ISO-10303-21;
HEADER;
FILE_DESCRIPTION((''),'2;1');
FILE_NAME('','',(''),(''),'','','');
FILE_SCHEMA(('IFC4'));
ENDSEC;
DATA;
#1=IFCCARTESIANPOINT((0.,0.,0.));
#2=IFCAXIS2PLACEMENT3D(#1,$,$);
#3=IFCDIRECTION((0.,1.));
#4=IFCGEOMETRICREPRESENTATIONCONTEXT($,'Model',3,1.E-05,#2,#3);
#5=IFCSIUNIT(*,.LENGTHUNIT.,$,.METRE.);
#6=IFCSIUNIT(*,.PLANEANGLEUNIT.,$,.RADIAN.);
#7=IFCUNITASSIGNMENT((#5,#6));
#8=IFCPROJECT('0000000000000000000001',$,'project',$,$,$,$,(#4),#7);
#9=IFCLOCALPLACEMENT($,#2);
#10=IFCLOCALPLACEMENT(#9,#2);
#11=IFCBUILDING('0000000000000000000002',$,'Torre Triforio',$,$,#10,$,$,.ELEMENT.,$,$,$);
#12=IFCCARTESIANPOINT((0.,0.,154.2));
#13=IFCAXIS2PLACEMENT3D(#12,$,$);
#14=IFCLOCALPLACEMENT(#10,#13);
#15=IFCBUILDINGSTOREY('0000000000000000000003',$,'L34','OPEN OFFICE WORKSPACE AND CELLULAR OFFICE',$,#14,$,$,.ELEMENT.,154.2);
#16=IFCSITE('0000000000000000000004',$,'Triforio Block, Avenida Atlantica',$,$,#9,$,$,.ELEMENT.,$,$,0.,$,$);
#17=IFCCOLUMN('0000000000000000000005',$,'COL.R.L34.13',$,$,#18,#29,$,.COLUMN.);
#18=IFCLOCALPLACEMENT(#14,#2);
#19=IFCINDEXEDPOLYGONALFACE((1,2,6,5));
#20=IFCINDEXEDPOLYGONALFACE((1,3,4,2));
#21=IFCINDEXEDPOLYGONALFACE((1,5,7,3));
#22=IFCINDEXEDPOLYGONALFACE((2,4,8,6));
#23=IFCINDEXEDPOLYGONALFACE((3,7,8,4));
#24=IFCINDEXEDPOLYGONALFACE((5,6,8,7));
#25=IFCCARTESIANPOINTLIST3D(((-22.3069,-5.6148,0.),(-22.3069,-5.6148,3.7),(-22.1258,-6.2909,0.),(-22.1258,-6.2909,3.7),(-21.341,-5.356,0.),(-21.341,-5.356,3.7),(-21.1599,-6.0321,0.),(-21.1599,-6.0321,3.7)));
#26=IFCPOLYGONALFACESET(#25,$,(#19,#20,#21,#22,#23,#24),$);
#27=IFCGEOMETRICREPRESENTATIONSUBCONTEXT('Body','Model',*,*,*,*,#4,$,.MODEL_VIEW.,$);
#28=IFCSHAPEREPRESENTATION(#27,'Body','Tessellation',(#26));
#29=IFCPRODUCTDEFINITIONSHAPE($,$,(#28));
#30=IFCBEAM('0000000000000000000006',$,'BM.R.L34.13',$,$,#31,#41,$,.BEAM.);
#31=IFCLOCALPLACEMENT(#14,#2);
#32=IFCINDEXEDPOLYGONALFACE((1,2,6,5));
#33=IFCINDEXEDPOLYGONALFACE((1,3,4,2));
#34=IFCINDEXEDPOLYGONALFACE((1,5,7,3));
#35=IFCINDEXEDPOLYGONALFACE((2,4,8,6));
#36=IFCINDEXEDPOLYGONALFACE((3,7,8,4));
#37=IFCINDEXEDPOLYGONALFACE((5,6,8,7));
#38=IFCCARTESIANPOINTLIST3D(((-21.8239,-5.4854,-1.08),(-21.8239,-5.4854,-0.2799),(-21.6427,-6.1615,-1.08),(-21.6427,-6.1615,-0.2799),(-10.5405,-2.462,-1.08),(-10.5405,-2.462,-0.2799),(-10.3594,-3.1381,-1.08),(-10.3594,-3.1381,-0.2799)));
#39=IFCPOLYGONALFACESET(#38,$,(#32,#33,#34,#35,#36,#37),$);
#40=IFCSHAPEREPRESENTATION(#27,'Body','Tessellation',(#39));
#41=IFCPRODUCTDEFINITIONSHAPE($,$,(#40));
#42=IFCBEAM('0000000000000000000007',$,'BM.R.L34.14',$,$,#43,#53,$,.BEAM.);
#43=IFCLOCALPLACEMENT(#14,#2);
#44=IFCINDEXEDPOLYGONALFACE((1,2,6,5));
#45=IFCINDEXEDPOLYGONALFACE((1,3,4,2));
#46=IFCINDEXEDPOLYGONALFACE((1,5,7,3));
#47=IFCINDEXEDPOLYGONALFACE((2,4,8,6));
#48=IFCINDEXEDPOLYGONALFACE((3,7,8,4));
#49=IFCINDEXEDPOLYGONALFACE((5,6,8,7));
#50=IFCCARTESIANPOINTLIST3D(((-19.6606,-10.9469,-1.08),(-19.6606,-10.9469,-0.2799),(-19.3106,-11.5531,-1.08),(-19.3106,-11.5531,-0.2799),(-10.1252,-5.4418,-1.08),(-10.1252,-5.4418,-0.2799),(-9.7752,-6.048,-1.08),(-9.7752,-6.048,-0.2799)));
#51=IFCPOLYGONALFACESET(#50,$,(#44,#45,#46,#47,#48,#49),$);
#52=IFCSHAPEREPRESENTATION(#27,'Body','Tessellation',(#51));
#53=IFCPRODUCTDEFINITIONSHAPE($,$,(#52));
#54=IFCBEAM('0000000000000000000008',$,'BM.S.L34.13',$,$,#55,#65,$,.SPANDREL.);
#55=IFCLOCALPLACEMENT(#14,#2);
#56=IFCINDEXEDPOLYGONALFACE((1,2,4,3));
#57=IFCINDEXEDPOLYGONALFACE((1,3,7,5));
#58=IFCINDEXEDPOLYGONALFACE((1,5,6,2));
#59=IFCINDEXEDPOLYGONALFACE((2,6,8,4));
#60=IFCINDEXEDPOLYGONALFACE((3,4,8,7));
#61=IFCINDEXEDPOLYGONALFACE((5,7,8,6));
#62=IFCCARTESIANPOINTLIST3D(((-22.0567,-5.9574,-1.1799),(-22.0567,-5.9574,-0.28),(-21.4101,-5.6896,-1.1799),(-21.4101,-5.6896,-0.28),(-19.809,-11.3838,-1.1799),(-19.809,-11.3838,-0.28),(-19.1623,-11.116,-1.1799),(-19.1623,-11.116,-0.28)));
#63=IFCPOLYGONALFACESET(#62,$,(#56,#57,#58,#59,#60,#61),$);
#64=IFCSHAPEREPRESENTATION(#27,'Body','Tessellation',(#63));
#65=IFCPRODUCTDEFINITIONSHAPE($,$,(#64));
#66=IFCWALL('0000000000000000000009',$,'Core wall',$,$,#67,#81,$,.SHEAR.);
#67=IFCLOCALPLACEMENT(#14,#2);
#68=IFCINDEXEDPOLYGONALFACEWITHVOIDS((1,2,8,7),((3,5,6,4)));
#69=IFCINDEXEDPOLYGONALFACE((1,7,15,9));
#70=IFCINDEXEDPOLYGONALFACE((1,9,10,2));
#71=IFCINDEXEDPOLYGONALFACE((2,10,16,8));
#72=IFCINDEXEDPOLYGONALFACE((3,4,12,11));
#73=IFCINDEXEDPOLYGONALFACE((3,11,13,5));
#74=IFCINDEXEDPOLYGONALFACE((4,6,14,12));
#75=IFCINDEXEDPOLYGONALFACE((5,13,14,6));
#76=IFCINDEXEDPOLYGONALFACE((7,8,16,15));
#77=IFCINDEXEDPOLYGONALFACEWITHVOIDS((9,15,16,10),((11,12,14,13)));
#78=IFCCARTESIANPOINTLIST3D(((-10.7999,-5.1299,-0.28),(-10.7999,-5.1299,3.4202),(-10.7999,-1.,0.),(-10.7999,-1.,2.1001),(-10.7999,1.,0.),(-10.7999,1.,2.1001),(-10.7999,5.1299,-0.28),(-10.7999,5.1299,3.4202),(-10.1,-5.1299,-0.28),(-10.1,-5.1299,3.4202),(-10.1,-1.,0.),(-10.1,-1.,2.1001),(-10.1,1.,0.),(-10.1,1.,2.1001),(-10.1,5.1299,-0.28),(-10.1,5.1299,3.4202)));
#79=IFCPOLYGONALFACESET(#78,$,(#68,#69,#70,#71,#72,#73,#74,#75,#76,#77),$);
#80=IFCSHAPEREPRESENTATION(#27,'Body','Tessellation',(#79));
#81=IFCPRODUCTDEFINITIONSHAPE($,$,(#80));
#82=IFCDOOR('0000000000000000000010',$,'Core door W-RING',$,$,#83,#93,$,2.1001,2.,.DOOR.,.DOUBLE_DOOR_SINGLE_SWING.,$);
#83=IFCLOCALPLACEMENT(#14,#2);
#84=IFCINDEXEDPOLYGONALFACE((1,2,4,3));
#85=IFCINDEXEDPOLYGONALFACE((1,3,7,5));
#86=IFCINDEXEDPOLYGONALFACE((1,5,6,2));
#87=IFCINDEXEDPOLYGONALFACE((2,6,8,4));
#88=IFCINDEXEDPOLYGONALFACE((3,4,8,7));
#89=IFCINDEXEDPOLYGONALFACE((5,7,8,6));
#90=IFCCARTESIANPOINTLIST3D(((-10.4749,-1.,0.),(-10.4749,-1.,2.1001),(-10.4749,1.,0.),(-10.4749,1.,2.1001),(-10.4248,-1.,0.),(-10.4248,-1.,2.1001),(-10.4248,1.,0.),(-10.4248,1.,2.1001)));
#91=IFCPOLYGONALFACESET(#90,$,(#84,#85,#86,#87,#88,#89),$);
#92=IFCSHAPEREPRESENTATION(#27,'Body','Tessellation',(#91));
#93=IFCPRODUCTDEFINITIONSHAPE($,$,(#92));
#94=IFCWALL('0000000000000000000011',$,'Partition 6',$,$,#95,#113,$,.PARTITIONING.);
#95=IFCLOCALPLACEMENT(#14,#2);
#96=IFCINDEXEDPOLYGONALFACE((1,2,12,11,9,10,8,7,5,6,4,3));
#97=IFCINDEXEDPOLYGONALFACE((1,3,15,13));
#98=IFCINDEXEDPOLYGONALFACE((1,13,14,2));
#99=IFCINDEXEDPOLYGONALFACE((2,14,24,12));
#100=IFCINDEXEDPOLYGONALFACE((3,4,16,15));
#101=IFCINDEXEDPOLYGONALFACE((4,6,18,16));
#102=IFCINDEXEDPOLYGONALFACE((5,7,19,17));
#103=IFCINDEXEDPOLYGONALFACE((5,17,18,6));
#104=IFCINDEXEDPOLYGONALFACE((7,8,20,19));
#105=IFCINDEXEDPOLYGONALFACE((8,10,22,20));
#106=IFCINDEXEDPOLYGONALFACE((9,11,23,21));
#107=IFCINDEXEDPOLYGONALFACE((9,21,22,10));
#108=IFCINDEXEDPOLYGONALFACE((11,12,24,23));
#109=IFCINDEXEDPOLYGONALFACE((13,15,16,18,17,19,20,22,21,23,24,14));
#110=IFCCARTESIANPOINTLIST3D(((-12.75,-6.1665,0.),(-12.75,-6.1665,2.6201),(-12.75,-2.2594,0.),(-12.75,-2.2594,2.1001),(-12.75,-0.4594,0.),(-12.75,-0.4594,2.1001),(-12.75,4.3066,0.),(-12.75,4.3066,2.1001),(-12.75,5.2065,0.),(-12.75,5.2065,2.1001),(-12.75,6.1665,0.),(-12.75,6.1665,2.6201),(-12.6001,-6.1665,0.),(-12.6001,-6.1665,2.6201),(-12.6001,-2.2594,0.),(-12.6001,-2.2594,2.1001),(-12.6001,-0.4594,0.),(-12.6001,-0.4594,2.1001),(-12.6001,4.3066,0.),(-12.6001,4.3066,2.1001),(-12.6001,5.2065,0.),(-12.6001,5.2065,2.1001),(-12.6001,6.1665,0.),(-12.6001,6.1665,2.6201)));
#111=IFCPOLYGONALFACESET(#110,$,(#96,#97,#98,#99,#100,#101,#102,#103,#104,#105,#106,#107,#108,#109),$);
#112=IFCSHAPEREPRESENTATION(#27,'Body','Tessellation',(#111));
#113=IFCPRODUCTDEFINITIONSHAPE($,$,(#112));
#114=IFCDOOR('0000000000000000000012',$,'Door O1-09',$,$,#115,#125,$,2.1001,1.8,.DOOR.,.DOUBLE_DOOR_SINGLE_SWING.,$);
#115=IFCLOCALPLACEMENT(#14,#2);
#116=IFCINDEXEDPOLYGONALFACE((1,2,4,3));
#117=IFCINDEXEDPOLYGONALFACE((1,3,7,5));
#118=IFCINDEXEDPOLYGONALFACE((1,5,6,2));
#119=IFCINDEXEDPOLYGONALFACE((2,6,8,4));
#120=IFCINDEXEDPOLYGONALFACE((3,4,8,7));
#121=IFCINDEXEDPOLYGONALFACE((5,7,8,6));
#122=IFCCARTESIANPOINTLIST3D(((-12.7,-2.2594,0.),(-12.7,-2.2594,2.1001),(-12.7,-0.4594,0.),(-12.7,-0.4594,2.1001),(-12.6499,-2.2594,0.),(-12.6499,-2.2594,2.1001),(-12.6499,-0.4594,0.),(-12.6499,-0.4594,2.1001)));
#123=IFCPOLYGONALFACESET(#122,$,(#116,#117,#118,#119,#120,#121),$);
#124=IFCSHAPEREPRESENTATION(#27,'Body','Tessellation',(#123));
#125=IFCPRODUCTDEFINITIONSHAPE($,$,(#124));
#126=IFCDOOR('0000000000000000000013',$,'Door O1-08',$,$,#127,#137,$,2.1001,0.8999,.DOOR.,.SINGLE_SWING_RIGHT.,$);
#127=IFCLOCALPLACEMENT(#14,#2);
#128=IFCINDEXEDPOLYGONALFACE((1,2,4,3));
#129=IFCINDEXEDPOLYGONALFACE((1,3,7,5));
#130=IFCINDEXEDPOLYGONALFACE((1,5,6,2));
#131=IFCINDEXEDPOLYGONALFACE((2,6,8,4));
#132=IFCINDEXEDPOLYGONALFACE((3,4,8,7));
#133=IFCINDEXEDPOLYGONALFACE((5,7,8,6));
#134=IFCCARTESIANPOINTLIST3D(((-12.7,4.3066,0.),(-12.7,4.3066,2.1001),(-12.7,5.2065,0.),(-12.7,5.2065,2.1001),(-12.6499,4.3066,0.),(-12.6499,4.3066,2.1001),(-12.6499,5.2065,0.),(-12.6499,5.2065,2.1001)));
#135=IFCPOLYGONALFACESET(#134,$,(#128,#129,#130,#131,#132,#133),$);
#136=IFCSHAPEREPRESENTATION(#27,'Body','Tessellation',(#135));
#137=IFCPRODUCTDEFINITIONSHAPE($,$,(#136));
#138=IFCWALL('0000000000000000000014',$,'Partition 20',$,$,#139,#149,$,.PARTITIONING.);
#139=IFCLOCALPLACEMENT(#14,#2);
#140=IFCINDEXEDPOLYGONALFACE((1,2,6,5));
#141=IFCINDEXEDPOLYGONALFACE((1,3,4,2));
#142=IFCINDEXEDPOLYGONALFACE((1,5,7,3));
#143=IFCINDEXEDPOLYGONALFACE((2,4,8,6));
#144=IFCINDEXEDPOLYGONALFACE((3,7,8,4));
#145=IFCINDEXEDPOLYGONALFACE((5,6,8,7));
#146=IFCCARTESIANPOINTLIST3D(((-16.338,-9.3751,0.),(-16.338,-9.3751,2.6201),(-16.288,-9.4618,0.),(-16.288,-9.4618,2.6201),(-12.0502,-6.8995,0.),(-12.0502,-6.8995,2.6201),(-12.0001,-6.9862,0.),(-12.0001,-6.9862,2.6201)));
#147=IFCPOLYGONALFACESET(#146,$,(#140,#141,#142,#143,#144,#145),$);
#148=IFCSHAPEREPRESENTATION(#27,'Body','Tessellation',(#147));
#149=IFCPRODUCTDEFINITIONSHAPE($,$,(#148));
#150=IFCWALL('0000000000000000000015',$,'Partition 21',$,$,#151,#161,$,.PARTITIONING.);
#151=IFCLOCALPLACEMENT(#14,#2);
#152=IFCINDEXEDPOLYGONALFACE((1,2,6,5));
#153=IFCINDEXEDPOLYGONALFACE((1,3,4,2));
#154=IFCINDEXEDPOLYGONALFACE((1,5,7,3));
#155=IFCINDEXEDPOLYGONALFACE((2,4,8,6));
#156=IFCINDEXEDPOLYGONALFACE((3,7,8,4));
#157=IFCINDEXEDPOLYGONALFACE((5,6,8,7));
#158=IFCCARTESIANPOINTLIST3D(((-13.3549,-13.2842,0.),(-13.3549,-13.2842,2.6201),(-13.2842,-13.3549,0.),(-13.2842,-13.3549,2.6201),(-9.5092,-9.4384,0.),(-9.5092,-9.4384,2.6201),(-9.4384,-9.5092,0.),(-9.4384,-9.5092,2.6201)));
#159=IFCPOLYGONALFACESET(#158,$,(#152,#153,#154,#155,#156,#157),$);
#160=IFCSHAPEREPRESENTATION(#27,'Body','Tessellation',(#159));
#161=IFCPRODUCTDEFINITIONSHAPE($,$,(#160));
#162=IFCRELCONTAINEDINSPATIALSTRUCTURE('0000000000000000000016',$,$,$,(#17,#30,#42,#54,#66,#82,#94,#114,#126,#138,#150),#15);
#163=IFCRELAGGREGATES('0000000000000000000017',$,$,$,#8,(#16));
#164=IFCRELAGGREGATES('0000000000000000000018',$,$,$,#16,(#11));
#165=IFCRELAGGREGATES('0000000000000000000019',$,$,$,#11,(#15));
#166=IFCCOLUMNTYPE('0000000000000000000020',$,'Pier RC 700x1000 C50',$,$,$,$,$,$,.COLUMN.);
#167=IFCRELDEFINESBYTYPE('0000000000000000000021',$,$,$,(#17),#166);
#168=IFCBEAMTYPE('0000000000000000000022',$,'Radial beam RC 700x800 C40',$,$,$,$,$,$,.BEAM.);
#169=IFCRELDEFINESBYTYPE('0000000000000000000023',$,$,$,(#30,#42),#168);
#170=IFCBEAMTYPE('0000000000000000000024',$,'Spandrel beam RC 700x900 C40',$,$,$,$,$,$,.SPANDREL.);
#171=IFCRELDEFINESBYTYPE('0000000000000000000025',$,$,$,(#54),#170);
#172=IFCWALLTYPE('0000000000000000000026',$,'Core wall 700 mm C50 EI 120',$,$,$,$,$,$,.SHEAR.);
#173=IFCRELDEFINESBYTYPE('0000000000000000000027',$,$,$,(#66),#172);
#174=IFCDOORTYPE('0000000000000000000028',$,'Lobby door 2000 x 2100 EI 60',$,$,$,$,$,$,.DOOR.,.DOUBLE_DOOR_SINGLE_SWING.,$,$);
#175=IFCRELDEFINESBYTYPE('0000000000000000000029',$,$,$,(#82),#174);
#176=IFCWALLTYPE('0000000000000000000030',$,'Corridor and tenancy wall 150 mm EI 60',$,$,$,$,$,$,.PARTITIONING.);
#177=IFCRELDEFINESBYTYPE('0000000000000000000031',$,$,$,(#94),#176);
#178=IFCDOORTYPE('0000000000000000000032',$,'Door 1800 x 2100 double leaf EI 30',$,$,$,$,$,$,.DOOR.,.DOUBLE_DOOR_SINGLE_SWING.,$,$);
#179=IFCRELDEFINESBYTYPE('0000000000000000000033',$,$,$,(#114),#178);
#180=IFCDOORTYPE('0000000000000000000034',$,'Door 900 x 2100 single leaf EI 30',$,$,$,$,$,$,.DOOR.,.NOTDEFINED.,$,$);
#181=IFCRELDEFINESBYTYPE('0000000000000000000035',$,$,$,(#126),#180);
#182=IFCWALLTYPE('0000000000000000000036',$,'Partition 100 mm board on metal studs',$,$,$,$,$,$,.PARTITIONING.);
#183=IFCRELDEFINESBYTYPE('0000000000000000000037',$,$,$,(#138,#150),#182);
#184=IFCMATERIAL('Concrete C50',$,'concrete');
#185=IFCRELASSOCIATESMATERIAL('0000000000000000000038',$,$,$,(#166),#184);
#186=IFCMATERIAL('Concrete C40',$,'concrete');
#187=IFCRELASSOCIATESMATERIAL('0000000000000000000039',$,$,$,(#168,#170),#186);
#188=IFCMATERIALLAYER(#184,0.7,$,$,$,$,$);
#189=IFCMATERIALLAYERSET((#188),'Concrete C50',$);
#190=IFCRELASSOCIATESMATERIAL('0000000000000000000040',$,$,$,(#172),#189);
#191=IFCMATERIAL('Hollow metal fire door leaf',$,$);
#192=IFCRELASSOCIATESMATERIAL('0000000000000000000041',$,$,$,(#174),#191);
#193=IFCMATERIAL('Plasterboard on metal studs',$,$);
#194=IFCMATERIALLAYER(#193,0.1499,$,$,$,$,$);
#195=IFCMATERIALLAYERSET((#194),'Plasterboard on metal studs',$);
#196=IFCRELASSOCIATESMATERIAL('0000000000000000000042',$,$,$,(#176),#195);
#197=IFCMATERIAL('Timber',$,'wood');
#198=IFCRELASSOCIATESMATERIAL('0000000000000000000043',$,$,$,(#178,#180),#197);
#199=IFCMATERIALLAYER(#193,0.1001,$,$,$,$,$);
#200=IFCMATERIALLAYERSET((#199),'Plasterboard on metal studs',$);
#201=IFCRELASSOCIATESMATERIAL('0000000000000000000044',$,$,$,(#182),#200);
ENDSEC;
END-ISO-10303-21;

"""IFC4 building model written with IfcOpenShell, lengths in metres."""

from ifc_helpers import new_model, si_unit, direction, frame, frame_2d, origin, origin_2d, place, context, subcontext, project, spatial, rectangle, extrude, material, layer, layer_set, material_profile, profile_set, type_object, element, fill, save


model = new_model("IFC4")

# Units and contexts
model_context = context("Model", 3, precision=1e-05, world=origin(), true_north=direction((0.0, 1.0)))
body_context = subcontext(model_context, "Body", "Model", "MODEL_VIEW")
ifc_project = project(units=[si_unit("LENGTHUNIT", "METRE"), si_unit("PLANEANGLEUNIT", "RADIAN")], contexts=[model_context])

# Site, building, storey
site_placement = place(None, origin())
site = spatial("IfcSite", under=ifc_project, at=site_placement, Name="Triforio Block, Avenida Atlantica", CompositionType="ELEMENT", RefElevation=0.0)
building_placement = place(site_placement, origin())
building = spatial("IfcBuilding", under=site, at=building_placement, Name="Torre Triforio", CompositionType="ELEMENT")
storey_placement = place(building_placement, frame((0.0, 0.0, 154.2)))
storey = spatial("IfcBuildingStorey", under=building, at=storey_placement, Name="L34", Description="OPEN OFFICE WORKSPACE AND CELLULAR OFFICE", CompositionType="ELEMENT", Elevation=154.2)

# Column
ifc_material_1 = material(Name="Concrete C50", Category="concrete")
ifc_material_profile_1 = material_profile(ifc_material_1, rectangle(XDim=0.7, YDim=1.0, at=origin_2d()), Name="RC 700x1000")
ifc_profile_set_1 = profile_set([ifc_material_profile_1], Name="Concrete C50")
column_type = type_object("IfcColumnType", Name="Pier RC 700x1000 C50", PredefinedType="COLUMN", material=ifc_profile_set_1)
column_placement = place(storey_placement, frame((-21.7334, -5.8235, 0.0), z_axis=(0.0, 0.0, 1.0), x_axis=(0.258819, -0.965926, 0.0)))
element("IfcColumn", 1, at=column_placement, inside=storey, type_object=column_type, Name="COL.R.L34.13", PredefinedType="COLUMN", context=body_context, shape_type="SweptSolid", body=[
    extrude(rectangle(XDim=0.7, YDim=1.0, at=origin_2d()), origin(), (0.0, 0.0, 1.0), 3.7),
])

# Beams
ifc_material_2 = material(Name="Concrete C40", Category="concrete")
ifc_material_profile_2 = material_profile(ifc_material_2, rectangle(XDim=0.7, YDim=0.8, at=origin_2d()), Name="RC 700x800")
ifc_profile_set_2 = profile_set([ifc_material_profile_2], Name="Concrete C40")
beam_type_1 = type_object("IfcBeamType", Name="Radial beam RC 700x800 C40", PredefinedType="BEAM", material=ifc_profile_set_2)
beam_1_placement = place(storey_placement, frame((-10.45, -2.8, -0.6799), z_axis=(-0.965925, -0.258823, 0.0), x_axis=(0.258823, -0.965925, 0.0)))
element("IfcBeam", 2, at=beam_1_placement, inside=storey, type_object=beam_type_1, Name="BM.R.L34.13", PredefinedType="BEAM", context=body_context, shape_type="SweptSolid", body=[
    extrude(rectangle(XDim=0.7, YDim=0.8, at=origin_2d()), origin(), (0.0, 0.0, 1.0), 11.6814),
])
beam_2_placement = place(storey_placement, frame((-9.9502, -5.7449, -0.6799), z_axis=(-0.866031, -0.499991, 0.0), x_axis=(0.499991, -0.866031, 0.0)))
element("IfcBeam", 3, at=beam_2_placement, inside=storey, type_object=beam_type_1, Name="BM.R.L34.14", PredefinedType="BEAM", context=body_context, shape_type="SweptSolid", body=[
    extrude(rectangle(XDim=0.7, YDim=0.8, at=origin_2d()), origin(), (0.0, 0.0, 1.0), 11.0105),
])
ifc_material_profile_3 = material_profile(ifc_material_2, rectangle(XDim=0.7, YDim=0.8999, at=origin_2d()), Name="RC 700x900")
ifc_profile_set_3 = profile_set([ifc_material_profile_3], Name="Concrete C40")
beam_type_2 = type_object("IfcBeamType", Name="Spandrel beam RC 700x900 C40", PredefinedType="SPANDREL", material=ifc_profile_set_3)
beam_3_placement = place(storey_placement, frame((-21.7334, -5.8235, -0.73), z_axis=(0.382693, -0.923875, 0.0), x_axis=(0.923875, 0.382693, 0.0)))
element("IfcBeam", 4, at=beam_3_placement, inside=storey, type_object=beam_type_2, Name="BM.S.L34.13", PredefinedType="SPANDREL", context=body_context, shape_type="SweptSolid", body=[
    extrude(rectangle(XDim=0.7, YDim=0.8999, at=origin_2d()), origin(), (0.0, 0.0, 1.0), 5.8735),
])

# Wall, opening, door
ifc_layer_1 = layer(ifc_material_1, 0.7)
ifc_layer_set_1 = layer_set([ifc_layer_1], Name="Concrete C50")
wall_type_1 = type_object("IfcWallType", Name="Core wall 700 mm C50 EI 120", PredefinedType="SHEAR", material=ifc_layer_set_1)
wall_1_placement = place(storey_placement, frame((-10.45, -5.1299, -0.28), z_axis=(0.0, 0.0, 1.0), x_axis=(0.0, 1.0, 0.0)))
wall_1 = element("IfcWall", 5, at=wall_1_placement, inside=storey, type_object=wall_type_1, Name="Core wall", PredefinedType="SHEAR", context=body_context, shape_type="SweptSolid", body=[
    extrude(rectangle(XDim=10.2598, YDim=0.7, at=frame_2d((5.1299, 0.0))), origin(), (0.0, 0.0, 1.0), 3.7002),
])
opening_1_placement = place(wall_1_placement, frame((4.1299, 0.0, 0.28)))
opening_1 = element("IfcOpeningElement", 6, at=opening_1_placement, cuts=wall_1, PredefinedType="OPENING", context=body_context, shape_type="SweptSolid", body=[
    extrude(rectangle(XDim=2.0, YDim=2.1001, at=frame_2d((1.0, 1.05))), frame((0.0, 0.3599, 0.0), z_axis=(0.0, -1.0, 0.0), x_axis=(1.0, 0.0, 0.0)), (0.0, 0.0, 1.0), 0.72),
])
ifc_material_3 = material(Name="Hollow metal fire door leaf")
door_type_1 = type_object("IfcDoorType", Name="Lobby door 2000 x 2100 EI 60", OperationType="DOUBLE_DOOR_SINGLE_SWING", PredefinedType="DOOR", material=ifc_material_3)
door_1_placement = place(opening_1_placement, origin())
door_1 = element("IfcDoor", 7, at=door_1_placement, inside=storey, type_object=door_type_1, Name="Core door W-RING", OperationType="DOUBLE_DOOR_SINGLE_SWING", OverallHeight=2.1001, OverallWidth=2.0, PredefinedType="DOOR", context=body_context, shape_type="SweptSolid", body=[
    extrude(rectangle(XDim=2.0, YDim=2.1001, at=frame_2d((1.0, 1.05))), frame((0.0, 0.0249, 0.0), z_axis=(0.0, -1.0, 0.0), x_axis=(1.0, 0.0, 0.0)), (0.0, 0.0, 1.0), 0.05),
])
fill(opening_1, door_1)

# Wall, openings, doors
ifc_material_4 = material(Name="Plasterboard on metal studs")
ifc_layer_2 = layer(ifc_material_4, 0.1499)
ifc_layer_set_2 = layer_set([ifc_layer_2], Name="Plasterboard on metal studs")
wall_type_2 = type_object("IfcWallType", Name="Corridor and tenancy wall 150 mm EI 60", PredefinedType="PARTITIONING", material=ifc_layer_set_2)
wall_2_placement = place(storey_placement, frame((-12.675, -6.1665, 0.0), z_axis=(0.0, 0.0, 1.0), x_axis=(0.0, 1.0, 0.0)))
wall_2 = element("IfcWall", 8, at=wall_2_placement, inside=storey, type_object=wall_type_2, Name="Partition 6", PredefinedType="PARTITIONING", context=body_context, shape_type="SweptSolid", body=[
    extrude(rectangle(XDim=12.333, YDim=0.1499, at=frame_2d((6.1665, 0.0))), origin(), (0.0, 0.0, 1.0), 2.6201),
])
opening_2_placement = place(wall_2_placement, frame((10.4731, 0.0, 0.0)))
opening_2 = element("IfcOpeningElement", 9, at=opening_2_placement, cuts=wall_2, PredefinedType="OPENING", context=body_context, shape_type="SweptSolid", body=[
    extrude(rectangle(XDim=0.8999, YDim=2.1001, at=frame_2d((0.45, 1.05))), frame((0.0, 0.085, 0.0), z_axis=(0.0, -1.0, 0.0), x_axis=(1.0, 0.0, 0.0)), (0.0, 0.0, 1.0), 0.1699),
])
opening_3_placement = place(wall_2_placement, frame((3.9072, 0.0, 0.0)))
opening_3 = element("IfcOpeningElement", 10, at=opening_3_placement, cuts=wall_2, PredefinedType="OPENING", context=body_context, shape_type="SweptSolid", body=[
    extrude(rectangle(XDim=1.8, YDim=2.1001, at=frame_2d((0.8999, 1.05))), frame((0.0, 0.085, 0.0), z_axis=(0.0, -1.0, 0.0), x_axis=(1.0, 0.0, 0.0)), (0.0, 0.0, 1.0), 0.1699),
])
ifc_material_5 = material(Name="Timber", Category="wood")
door_type_2 = type_object("IfcDoorType", Name="Door 1800 x 2100 double leaf EI 30", OperationType="DOUBLE_DOOR_SINGLE_SWING", PredefinedType="DOOR", material=ifc_material_5)
door_2_placement = place(opening_3_placement, origin())
door_2 = element("IfcDoor", 11, at=door_2_placement, inside=storey, type_object=door_type_2, Name="Door O1-09", OperationType="DOUBLE_DOOR_SINGLE_SWING", OverallHeight=2.1001, OverallWidth=1.8, PredefinedType="DOOR", context=body_context, shape_type="SweptSolid", body=[
    extrude(rectangle(XDim=1.8, YDim=2.1001, at=frame_2d((0.8999, 1.05))), frame((0.0, 0.0249, 0.0), z_axis=(0.0, -1.0, 0.0), x_axis=(1.0, 0.0, 0.0)), (0.0, 0.0, 1.0), 0.05),
])
fill(opening_3, door_2)
door_type_3 = type_object("IfcDoorType", Name="Door 900 x 2100 single leaf EI 30", OperationType="NOTDEFINED", PredefinedType="DOOR", material=ifc_material_5)
door_3_placement = place(opening_2_placement, origin())
door_3 = element("IfcDoor", 12, at=door_3_placement, inside=storey, type_object=door_type_3, Name="Door O1-08", OperationType="SINGLE_SWING_RIGHT", OverallHeight=2.1001, OverallWidth=0.8999, PredefinedType="DOOR", context=body_context, shape_type="SweptSolid", body=[
    extrude(rectangle(XDim=0.8999, YDim=2.1001, at=frame_2d((0.45, 1.05))), frame((0.0, 0.0249, 0.0), z_axis=(0.0, -1.0, 0.0), x_axis=(1.0, 0.0, 0.0)), (0.0, 0.0, 1.0), 0.05),
])
fill(opening_2, door_3)

# Walls
ifc_layer_3 = layer(ifc_material_4, 0.1001)
ifc_layer_set_3 = layer_set([ifc_layer_3], Name="Plasterboard on metal studs")
wall_type_3 = type_object("IfcWallType", Name="Partition 100 mm board on metal studs", PredefinedType="PARTITIONING", material=ifc_layer_set_3)
wall_3_placement = place(storey_placement, frame((-12.0251, -6.9429, 0.0), z_axis=(0.0, 0.0, 1.0), x_axis=(-0.866025, -0.5, 0.0)))
element("IfcWall", 13, at=wall_3_placement, inside=storey, type_object=wall_type_3, Name="Partition 20", PredefinedType="PARTITIONING", context=body_context, shape_type="SweptSolid", body=[
    extrude(rectangle(XDim=4.9512, YDim=0.1001, at=frame_2d((2.4756, 0.0))), origin(), (0.0, 0.0, 1.0), 2.6201),
])
wall_4_placement = place(storey_placement, frame((-9.4739, -9.4739, 0.0), z_axis=(0.0, 0.0, 1.0), x_axis=(-0.707107, -0.707107, 0.0)))
element("IfcWall", 14, at=wall_4_placement, inside=storey, type_object=wall_type_3, Name="Partition 21", PredefinedType="PARTITIONING", context=body_context, shape_type="SweptSolid", body=[
    extrude(rectangle(XDim=5.4387, YDim=0.1001, at=frame_2d((2.7192, 0.0))), origin(), (0.0, 0.0, 1.0), 2.6201),
])

save(model, "model.ifc")
